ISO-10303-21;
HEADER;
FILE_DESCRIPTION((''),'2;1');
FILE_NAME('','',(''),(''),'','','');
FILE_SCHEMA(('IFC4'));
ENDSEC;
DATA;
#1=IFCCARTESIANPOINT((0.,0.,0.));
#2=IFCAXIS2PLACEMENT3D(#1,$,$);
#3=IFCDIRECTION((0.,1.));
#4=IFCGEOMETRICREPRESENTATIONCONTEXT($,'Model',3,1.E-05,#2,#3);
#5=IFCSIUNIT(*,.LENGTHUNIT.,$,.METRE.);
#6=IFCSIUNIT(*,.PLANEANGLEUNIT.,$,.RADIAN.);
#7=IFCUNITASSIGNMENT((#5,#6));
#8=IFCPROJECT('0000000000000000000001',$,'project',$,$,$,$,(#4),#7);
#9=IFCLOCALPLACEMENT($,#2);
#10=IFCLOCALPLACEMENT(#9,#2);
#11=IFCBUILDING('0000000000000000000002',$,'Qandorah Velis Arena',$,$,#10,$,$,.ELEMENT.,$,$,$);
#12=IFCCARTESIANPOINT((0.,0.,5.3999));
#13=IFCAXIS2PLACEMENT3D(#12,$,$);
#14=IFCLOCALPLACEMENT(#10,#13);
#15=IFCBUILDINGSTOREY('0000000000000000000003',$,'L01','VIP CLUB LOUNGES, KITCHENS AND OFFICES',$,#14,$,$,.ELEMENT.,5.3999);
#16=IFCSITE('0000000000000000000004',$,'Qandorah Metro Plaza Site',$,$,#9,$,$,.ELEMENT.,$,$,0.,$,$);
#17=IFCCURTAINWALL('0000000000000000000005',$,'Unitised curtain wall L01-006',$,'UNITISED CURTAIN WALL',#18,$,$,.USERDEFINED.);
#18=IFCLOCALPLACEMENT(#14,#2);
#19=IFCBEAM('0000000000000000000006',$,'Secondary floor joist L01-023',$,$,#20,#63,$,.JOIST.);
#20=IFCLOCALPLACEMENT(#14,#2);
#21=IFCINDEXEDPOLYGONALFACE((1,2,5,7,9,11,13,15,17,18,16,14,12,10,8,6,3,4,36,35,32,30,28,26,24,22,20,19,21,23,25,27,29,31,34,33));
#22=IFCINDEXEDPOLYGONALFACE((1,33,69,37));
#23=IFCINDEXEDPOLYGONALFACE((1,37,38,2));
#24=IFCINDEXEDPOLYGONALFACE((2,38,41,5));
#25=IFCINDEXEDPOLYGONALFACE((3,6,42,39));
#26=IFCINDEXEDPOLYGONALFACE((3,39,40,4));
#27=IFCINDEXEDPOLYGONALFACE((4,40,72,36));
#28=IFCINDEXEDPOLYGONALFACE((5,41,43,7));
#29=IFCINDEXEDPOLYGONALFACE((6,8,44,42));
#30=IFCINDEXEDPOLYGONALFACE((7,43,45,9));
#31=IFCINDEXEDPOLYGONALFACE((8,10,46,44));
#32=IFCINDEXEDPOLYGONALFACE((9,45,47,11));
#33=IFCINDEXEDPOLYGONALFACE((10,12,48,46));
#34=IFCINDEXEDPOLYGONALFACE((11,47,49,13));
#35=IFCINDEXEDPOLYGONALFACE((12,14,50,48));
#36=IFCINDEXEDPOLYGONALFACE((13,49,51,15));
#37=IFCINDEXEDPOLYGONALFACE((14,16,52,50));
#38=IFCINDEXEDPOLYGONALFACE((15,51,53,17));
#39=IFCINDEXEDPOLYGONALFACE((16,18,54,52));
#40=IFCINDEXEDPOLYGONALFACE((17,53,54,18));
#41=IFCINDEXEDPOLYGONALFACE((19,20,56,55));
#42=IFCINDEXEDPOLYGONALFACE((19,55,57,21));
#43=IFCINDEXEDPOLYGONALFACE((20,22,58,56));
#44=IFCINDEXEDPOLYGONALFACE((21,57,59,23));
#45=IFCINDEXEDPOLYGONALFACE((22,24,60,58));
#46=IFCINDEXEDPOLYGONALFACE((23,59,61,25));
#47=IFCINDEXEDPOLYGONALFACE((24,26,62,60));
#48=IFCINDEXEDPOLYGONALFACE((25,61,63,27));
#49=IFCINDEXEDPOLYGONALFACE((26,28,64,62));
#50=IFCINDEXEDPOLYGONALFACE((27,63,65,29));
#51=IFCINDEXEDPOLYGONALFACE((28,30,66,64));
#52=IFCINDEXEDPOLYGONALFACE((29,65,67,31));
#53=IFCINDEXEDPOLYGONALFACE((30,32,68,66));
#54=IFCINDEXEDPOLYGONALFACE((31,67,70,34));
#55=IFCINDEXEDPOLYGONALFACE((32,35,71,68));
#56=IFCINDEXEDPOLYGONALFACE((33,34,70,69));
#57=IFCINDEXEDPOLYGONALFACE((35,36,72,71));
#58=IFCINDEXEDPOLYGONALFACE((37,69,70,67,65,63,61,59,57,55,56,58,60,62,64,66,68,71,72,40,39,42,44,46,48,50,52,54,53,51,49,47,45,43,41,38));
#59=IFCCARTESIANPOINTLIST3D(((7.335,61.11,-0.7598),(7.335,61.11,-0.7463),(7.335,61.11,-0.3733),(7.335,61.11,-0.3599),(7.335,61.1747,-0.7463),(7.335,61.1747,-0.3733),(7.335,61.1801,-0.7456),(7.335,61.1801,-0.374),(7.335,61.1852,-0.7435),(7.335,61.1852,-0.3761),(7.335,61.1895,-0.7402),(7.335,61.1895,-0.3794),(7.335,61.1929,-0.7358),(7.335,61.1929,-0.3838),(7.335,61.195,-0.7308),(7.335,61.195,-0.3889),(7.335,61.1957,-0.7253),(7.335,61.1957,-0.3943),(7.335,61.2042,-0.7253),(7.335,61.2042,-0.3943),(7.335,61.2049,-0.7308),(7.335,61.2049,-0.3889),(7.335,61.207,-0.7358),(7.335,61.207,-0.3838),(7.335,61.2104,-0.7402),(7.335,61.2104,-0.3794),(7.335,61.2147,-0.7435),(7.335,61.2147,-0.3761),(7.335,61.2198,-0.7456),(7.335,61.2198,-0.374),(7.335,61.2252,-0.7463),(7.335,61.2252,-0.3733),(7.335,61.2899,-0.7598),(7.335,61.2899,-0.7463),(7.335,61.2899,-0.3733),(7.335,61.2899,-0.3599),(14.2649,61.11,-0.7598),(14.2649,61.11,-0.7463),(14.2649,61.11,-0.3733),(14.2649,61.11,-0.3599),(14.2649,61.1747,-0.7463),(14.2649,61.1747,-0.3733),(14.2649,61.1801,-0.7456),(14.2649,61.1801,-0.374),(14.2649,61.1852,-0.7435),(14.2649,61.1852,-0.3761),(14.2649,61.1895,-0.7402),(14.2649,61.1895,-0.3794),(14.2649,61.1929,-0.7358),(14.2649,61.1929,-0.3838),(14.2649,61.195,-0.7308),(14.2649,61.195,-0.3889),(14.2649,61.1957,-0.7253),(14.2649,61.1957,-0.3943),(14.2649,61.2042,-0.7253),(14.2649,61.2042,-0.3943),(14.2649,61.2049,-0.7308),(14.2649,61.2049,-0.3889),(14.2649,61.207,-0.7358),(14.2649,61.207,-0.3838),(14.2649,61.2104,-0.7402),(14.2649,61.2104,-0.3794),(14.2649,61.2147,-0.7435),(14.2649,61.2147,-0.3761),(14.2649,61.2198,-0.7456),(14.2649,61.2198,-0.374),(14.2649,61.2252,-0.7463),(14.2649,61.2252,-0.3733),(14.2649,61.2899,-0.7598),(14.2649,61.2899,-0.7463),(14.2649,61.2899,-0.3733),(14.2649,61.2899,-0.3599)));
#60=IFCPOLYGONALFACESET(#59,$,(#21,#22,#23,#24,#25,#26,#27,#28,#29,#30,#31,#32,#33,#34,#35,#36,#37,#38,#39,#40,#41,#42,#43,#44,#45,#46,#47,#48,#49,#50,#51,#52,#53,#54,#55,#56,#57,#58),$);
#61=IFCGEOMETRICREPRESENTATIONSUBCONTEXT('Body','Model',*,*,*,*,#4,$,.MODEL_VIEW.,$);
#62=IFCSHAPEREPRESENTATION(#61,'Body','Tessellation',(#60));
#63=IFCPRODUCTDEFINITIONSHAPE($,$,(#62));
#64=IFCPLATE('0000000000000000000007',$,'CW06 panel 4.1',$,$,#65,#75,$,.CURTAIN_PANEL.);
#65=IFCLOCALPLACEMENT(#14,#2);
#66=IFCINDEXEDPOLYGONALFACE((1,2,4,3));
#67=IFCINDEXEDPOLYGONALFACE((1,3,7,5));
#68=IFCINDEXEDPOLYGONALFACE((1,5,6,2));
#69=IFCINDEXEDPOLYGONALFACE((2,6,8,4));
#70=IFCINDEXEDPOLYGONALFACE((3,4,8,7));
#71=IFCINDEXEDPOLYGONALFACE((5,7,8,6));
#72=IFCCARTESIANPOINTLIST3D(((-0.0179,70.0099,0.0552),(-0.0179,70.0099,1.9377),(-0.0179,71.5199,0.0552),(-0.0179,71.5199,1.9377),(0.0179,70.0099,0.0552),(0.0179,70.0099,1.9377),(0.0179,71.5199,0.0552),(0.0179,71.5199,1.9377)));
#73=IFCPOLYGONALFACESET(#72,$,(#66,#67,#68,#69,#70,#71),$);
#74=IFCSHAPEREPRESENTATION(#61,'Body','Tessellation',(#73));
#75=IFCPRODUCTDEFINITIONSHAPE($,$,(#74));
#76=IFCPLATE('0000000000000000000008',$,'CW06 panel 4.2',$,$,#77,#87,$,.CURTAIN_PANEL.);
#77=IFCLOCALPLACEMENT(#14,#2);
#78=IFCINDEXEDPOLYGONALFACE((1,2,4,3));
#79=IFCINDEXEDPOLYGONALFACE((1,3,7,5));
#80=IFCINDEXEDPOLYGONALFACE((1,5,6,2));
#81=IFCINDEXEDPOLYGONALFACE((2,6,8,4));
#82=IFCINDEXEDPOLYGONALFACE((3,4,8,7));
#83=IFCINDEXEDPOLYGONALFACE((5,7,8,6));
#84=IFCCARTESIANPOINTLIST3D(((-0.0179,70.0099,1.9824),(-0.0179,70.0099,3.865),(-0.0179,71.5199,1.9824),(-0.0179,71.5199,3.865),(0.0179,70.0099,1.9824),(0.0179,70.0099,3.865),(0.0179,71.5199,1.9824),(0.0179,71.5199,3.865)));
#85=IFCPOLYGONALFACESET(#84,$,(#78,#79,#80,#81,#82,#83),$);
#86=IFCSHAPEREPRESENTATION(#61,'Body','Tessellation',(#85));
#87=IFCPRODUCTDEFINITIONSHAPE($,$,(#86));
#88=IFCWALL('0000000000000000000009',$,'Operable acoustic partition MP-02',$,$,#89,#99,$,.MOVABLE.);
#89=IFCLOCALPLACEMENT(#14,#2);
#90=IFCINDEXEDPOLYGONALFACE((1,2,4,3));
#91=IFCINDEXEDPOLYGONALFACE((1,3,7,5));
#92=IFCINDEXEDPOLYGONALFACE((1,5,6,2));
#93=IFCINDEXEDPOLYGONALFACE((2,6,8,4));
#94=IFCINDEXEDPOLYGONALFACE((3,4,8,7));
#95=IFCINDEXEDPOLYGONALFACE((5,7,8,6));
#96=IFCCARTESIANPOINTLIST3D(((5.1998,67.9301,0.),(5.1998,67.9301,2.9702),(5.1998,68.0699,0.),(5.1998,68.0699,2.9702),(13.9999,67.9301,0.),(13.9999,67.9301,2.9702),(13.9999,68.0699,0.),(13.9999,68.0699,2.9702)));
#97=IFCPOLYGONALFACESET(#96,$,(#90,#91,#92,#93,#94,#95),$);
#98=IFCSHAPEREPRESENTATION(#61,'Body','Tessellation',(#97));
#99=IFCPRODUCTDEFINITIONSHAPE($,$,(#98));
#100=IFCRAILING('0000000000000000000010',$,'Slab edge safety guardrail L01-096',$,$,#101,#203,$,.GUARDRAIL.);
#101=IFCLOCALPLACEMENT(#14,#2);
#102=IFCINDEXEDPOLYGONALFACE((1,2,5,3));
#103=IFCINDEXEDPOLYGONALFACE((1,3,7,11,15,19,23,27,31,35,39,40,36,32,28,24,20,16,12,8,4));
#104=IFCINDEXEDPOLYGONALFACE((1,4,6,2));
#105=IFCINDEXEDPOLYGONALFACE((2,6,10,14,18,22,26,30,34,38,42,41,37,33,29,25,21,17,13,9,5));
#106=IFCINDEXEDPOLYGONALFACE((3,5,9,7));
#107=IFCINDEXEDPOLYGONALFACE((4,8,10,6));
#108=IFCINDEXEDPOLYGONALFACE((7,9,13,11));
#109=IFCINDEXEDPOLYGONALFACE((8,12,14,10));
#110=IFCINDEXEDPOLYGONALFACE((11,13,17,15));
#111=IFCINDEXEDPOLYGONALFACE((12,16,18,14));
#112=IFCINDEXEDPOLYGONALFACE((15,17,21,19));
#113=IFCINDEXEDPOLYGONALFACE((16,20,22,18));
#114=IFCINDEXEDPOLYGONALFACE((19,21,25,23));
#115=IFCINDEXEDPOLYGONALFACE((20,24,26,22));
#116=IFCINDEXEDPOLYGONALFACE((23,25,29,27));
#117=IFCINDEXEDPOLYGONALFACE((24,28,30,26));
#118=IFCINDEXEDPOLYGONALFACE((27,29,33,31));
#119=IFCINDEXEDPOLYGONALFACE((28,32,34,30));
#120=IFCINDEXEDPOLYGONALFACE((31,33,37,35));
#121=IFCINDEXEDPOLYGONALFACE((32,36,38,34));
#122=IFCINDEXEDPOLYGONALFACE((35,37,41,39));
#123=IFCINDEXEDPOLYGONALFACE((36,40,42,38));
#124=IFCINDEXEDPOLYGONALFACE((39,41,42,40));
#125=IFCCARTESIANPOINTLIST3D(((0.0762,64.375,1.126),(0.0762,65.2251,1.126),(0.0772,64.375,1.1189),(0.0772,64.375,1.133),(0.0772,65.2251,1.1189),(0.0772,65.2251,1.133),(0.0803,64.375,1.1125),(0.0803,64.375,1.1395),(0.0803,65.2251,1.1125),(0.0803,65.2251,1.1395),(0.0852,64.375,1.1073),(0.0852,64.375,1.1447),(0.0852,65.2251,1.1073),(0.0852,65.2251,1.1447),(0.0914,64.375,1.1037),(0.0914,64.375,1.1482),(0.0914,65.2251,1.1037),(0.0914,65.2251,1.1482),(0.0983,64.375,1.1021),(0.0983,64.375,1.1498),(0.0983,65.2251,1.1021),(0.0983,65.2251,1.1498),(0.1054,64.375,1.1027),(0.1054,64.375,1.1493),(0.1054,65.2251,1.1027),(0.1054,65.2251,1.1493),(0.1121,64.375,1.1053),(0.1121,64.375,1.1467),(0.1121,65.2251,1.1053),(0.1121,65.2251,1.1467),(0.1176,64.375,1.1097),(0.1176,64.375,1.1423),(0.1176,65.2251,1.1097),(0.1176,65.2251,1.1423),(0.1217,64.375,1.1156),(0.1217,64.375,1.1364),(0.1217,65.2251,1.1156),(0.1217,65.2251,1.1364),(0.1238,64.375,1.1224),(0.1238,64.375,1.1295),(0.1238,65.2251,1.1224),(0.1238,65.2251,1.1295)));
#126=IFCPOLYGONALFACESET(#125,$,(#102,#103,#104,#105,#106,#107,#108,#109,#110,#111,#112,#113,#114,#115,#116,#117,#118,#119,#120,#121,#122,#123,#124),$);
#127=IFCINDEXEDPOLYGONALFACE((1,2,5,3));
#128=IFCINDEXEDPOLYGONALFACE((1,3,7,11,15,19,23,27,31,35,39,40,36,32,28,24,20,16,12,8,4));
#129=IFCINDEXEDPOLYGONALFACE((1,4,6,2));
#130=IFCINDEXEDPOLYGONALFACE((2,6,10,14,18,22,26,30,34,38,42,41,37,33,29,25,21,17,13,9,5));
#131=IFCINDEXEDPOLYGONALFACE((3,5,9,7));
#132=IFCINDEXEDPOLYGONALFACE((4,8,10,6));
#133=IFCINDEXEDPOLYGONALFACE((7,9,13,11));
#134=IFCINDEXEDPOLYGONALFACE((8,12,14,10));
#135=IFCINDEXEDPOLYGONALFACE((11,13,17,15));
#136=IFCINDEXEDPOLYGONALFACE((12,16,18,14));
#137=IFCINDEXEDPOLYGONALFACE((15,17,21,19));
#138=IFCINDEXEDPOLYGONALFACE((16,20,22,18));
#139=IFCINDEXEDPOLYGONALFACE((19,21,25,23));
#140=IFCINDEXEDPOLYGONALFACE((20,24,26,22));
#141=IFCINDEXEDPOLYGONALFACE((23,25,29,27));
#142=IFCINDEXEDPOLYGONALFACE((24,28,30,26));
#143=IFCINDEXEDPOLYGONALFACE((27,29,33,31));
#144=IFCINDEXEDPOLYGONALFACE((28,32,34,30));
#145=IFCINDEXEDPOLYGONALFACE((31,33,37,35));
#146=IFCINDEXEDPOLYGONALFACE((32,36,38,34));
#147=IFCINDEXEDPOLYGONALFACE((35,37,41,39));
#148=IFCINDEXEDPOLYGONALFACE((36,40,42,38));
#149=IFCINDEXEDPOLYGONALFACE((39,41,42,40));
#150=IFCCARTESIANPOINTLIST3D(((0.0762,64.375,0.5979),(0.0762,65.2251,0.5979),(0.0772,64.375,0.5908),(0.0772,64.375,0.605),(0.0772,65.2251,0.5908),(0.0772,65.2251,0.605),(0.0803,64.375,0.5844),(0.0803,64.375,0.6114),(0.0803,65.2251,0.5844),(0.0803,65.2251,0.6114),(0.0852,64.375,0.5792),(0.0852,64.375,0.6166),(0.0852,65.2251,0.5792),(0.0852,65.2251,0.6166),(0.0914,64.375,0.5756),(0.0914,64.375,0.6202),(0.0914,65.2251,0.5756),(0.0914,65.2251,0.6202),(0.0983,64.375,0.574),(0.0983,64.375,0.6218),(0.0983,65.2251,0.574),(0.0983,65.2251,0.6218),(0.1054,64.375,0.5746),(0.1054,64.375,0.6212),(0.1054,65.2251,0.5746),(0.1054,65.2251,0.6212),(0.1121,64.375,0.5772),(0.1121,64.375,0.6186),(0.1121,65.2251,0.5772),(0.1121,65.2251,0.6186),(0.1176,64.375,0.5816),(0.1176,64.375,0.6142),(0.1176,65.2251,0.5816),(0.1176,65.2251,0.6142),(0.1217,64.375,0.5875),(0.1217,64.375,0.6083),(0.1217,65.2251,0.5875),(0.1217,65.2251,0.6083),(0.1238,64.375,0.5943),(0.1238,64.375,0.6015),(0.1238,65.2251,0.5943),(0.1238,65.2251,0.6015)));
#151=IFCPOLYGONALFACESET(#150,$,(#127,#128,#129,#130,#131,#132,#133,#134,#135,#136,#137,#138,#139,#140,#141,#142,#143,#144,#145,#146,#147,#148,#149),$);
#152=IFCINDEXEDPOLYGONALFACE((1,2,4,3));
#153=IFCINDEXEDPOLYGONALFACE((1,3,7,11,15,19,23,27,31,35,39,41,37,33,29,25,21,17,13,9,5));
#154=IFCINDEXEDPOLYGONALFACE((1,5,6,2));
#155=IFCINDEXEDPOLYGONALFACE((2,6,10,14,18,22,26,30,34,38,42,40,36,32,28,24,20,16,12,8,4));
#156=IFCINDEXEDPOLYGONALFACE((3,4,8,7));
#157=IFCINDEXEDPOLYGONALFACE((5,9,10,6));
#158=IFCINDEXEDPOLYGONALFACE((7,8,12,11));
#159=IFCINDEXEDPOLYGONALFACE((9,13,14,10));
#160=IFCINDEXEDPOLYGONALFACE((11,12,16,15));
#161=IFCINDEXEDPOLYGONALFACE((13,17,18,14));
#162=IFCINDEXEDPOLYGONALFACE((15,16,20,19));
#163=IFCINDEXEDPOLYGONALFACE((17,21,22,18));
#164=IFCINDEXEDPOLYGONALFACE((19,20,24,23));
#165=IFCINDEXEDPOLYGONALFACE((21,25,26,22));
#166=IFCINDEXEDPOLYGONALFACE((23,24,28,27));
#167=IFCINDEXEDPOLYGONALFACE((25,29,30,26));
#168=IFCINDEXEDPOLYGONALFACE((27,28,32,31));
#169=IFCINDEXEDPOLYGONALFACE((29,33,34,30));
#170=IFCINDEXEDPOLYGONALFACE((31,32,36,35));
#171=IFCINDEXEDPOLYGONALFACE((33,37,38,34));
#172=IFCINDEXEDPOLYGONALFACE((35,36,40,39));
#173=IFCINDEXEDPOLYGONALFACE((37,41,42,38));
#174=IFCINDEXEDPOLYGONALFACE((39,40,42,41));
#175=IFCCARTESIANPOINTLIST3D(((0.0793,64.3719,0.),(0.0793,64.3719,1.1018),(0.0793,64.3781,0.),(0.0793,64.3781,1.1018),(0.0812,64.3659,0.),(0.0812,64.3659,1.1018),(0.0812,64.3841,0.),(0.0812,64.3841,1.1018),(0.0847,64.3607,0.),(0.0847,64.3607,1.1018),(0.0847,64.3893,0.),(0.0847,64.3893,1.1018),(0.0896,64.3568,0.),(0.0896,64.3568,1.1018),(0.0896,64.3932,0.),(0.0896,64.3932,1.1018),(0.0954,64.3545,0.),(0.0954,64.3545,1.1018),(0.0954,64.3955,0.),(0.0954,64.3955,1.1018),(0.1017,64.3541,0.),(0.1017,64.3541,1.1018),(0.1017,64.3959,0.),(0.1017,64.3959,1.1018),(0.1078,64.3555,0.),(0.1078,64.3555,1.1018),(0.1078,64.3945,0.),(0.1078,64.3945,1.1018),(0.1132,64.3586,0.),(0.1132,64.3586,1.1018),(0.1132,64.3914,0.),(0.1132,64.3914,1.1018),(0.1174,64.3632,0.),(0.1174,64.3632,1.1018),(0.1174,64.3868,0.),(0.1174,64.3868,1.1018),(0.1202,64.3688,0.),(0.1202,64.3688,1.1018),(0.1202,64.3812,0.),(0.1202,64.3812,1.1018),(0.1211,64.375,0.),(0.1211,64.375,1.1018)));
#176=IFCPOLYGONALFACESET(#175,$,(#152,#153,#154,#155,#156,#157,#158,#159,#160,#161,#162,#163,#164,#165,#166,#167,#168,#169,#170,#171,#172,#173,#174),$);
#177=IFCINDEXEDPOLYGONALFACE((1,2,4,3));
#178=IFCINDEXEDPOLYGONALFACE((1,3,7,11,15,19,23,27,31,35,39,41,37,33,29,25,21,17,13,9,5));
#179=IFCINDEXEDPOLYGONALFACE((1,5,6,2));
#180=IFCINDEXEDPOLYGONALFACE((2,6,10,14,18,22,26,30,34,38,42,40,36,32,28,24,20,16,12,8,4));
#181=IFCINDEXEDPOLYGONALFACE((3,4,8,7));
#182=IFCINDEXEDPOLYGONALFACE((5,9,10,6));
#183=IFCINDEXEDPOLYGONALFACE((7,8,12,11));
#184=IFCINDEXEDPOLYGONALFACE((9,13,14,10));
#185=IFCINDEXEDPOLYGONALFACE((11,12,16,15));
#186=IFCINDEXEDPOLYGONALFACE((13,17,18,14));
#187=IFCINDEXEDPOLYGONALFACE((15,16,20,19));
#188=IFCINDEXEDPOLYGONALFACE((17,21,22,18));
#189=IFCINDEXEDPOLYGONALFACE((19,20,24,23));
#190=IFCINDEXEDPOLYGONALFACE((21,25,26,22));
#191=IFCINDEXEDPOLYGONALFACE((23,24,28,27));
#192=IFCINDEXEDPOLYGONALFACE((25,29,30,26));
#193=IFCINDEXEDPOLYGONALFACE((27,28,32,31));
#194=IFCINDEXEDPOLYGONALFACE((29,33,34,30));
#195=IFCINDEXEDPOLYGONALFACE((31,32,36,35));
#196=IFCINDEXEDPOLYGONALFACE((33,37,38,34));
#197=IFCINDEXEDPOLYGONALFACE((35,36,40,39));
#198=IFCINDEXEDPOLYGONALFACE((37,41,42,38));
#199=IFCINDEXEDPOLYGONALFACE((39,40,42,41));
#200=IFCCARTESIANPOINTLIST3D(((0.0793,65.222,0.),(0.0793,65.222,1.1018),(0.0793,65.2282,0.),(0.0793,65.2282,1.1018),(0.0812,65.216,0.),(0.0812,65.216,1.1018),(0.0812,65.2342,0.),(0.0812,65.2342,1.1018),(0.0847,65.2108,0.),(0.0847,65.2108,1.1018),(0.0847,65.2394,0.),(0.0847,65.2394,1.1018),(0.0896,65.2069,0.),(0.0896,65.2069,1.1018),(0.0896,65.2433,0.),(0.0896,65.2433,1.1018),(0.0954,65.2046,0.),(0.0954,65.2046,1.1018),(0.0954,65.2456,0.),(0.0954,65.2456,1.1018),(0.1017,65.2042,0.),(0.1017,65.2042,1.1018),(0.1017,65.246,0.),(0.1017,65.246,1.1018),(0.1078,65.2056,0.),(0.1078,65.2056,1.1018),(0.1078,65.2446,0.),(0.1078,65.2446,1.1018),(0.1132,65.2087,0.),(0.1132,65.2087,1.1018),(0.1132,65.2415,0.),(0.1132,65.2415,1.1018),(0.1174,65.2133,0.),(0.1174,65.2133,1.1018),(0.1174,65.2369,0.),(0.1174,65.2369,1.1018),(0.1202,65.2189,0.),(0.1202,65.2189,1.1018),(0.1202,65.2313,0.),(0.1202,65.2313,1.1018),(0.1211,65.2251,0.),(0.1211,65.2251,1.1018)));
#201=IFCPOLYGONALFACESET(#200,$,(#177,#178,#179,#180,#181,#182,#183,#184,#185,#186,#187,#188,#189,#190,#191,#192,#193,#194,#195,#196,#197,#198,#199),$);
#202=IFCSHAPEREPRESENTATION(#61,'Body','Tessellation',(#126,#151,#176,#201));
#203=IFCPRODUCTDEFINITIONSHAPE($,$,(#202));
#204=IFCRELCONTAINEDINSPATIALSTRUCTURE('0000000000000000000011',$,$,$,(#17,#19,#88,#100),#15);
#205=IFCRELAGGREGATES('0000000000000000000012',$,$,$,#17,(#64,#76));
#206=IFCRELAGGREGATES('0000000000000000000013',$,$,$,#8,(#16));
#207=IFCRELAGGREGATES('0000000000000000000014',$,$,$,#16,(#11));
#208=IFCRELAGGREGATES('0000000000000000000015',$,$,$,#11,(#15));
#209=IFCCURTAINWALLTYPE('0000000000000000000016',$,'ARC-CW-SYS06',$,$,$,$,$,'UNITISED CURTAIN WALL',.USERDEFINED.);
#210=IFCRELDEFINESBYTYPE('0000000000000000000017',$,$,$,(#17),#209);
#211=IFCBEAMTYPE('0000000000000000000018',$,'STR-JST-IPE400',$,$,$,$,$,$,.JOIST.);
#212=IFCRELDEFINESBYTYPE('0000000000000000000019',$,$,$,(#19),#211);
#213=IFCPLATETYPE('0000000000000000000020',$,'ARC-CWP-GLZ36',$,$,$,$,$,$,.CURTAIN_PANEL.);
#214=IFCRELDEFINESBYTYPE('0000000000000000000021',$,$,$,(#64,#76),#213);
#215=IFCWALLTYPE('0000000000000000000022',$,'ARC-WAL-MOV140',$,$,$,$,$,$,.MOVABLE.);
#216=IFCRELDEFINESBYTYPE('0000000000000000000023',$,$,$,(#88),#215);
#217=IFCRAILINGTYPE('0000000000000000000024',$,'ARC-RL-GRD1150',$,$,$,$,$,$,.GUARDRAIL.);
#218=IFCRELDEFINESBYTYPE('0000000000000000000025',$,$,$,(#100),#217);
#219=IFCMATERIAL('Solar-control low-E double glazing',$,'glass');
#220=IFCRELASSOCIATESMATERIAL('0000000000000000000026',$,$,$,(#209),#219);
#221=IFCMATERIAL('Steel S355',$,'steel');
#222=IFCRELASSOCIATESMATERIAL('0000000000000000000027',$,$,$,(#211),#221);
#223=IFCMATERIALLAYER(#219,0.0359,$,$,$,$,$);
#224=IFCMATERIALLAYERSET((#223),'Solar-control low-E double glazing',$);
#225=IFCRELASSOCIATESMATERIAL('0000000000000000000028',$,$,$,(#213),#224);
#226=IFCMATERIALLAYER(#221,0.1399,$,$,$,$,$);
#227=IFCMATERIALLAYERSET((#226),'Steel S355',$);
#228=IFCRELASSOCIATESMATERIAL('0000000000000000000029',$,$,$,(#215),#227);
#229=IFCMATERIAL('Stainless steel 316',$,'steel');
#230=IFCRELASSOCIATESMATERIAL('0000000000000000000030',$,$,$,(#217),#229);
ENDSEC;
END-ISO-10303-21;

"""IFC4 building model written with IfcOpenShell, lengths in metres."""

from ifc_helpers import new_model, si_unit, direction, frame, frame_2d, origin, origin_2d, place, context, subcontext, project, spatial, rectangle, circle, i_section, extrude, material, layer, layer_set, material_profile, profile_set, type_object, element, aggregate, save


model = new_model("IFC4")

# Units and contexts
model_context = context("Model", 3, precision=1e-05, world=origin(), true_north=direction((0.0, 1.0)))
body_context = subcontext(model_context, "Body", "Model", "MODEL_VIEW")
ifc_project = project(units=[si_unit("LENGTHUNIT", "METRE"), si_unit("PLANEANGLEUNIT", "RADIAN")], contexts=[model_context])

# Site, building, storey
site_placement = place(None, origin())
site = spatial("IfcSite", under=ifc_project, at=site_placement, Name="Qandorah Metro Plaza Site", CompositionType="ELEMENT", RefElevation=0.0)
building_placement = place(site_placement, origin())
building = spatial("IfcBuilding", under=site, at=building_placement, Name="Qandorah Velis Arena", CompositionType="ELEMENT")
storey_placement = place(building_placement, frame((0.0, 0.0, 5.3999)))
storey = spatial("IfcBuildingStorey", under=building, at=storey_placement, Name="L01", Description="VIP CLUB LOUNGES, KITCHENS AND OFFICES", CompositionType="ELEMENT", Elevation=5.3999)

# Curtain wall
ifc_material_1 = material(Name="Solar-control low-E double glazing", Category="glass")
curtain_wall_type_1 = type_object("IfcCurtainWallType", Name="ARC-CW-SYS06", ElementType="UNITISED CURTAIN WALL", PredefinedType="USERDEFINED", material=ifc_material_1)
curtain_wall_1_placement = place(storey_placement, origin())
curtain_wall_1 = element("IfcCurtainWall", 1, at=curtain_wall_1_placement, inside=storey, type_object=curtain_wall_type_1, Name="Unitised curtain wall L01-006", ObjectType="UNITISED CURTAIN WALL", PredefinedType="USERDEFINED")

# Beam
ifc_material_2 = material(Name="Steel S355", Category="steel")
ifc_material_profile_1 = material_profile(ifc_material_2, i_section(OverallWidth=0.1799, OverallDepth=0.3999, WebThickness=0.0085, FlangeThickness=0.0134, FilletRadius=0.021, at=origin_2d()), Name="IPE 400")
ifc_profile_set_1 = profile_set([ifc_material_profile_1], Name="Steel S355")
beam_type_1 = type_object("IfcBeamType", Name="STR-JST-IPE400", PredefinedType="JOIST", material=ifc_profile_set_1)
for number, where, z_axis, x_axis, name in (
    (2, (7.335, 61.2, -0.5598), (1.0, 0.0, 0.0), (0.0, 1.0, 0.0), "Secondary floor joist L01-023"),
):
    element("IfcBeam", number, at=place(storey_placement, frame(where, z_axis=z_axis, x_axis=x_axis)), inside=storey, type_object=beam_type_1, Name=name, PredefinedType="JOIST", context=body_context, shape_type="SweptSolid", body=[
        extrude(i_section(OverallWidth=0.1799, OverallDepth=0.3999, WebThickness=0.0085, FlangeThickness=0.0134, FilletRadius=0.021, at=origin_2d()), origin(), (0.0, 0.0, 1.0), 6.9299),
    ])

# Plates
ifc_layer_1 = layer(ifc_material_1, 0.0359)
ifc_layer_set_1 = layer_set([ifc_layer_1], Name="Solar-control low-E double glazing")
plate_type = type_object("IfcPlateType", Name="ARC-CWP-GLZ36", PredefinedType="CURTAIN_PANEL", material=ifc_layer_set_1)
plate_1_placement = place(storey_placement, frame((0.0, 70.7649, 0.0552), z_axis=(0.0, 0.0, 1.0), x_axis=(0.0, 1.0, 0.0)))
plate_1 = element("IfcPlate", 3, at=plate_1_placement, type_object=plate_type, Name="CW06 panel 4.1", PredefinedType="CURTAIN_PANEL", context=body_context, shape_type="SweptSolid", body=[
    extrude(rectangle(XDim=1.51, YDim=0.0359, at=origin_2d()), origin(), (0.0, 0.0, 1.0), 1.8826),
])
plate_2_placement = place(storey_placement, frame((0.0, 70.7649, 1.9824), z_axis=(0.0, 0.0, 1.0), x_axis=(0.0, 1.0, 0.0)))
plate_2 = element("IfcPlate", 4, at=plate_2_placement, type_object=plate_type, Name="CW06 panel 4.2", PredefinedType="CURTAIN_PANEL", context=body_context, shape_type="SweptSolid", body=[
    extrude(rectangle(XDim=1.51, YDim=0.0359, at=origin_2d()), origin(), (0.0, 0.0, 1.0), 1.8826),
])
aggregate(curtain_wall_1, [plate_1, plate_2])

# Wall
ifc_layer_2 = layer(ifc_material_2, 0.1399)
ifc_layer_set_2 = layer_set([ifc_layer_2], Name="Steel S355")
wall_type = type_object("IfcWallType", Name="ARC-WAL-MOV140", PredefinedType="MOVABLE", material=ifc_layer_set_2)
wall_placement = place(storey_placement, frame((5.2, 68.0, 0.0), z_axis=(0.0, 0.0, 1.0), x_axis=(1.0, 0.0, 0.0)))
element("IfcWall", 5, at=wall_placement, inside=storey, type_object=wall_type, Name="Operable acoustic partition MP-02", PredefinedType="MOVABLE", context=body_context, shape_type="SweptSolid", body=[
    extrude(rectangle(XDim=8.8, YDim=0.1399, at=frame_2d((4.3999, 0.0))), origin(), (0.0, 0.0, 1.0), 2.9702),
])

# Railing
ifc_material_3 = material(Name="Stainless steel 316", Category="steel")
railing_type = type_object("IfcRailingType", Name="ARC-RL-GRD1150", PredefinedType="GUARDRAIL", material=ifc_material_3)
for number, where, name in (
    (6, (0.1001, 64.375, 0.0), "Slab edge safety guardrail L01-096"),
):
    element("IfcRailing", number, at=place(storey_placement, frame(where)), inside=storey, type_object=railing_type, Name=name, PredefinedType="GUARDRAIL", context=body_context, shape_type="SweptSolid", body=[
        extrude(circle(Radius=0.0239, at=origin_2d()), frame((0.0, 0.0, 1.126), z_axis=(0.0, 1.0, 0.0), x_axis=(-1.0, 0.0, 0.0)), (0.0, 0.0, 1.0), 0.8501),
        extrude(circle(Radius=0.0239, at=origin_2d()), frame((0.0, 0.0, 0.5979), z_axis=(0.0, 1.0, 0.0), x_axis=(-1.0, 0.0, 0.0)), (0.0, 0.0, 1.0), 0.8501),
        extrude(circle(Radius=0.021, at=origin_2d()), origin(), (0.0, 0.0, 1.0), 1.1018),
        extrude(circle(Radius=0.021, at=origin_2d()), frame((0.0, 0.8501, 0.0)), (0.0, 0.0, 1.0), 1.1018),
    ])

save(model, "model.ifc")
